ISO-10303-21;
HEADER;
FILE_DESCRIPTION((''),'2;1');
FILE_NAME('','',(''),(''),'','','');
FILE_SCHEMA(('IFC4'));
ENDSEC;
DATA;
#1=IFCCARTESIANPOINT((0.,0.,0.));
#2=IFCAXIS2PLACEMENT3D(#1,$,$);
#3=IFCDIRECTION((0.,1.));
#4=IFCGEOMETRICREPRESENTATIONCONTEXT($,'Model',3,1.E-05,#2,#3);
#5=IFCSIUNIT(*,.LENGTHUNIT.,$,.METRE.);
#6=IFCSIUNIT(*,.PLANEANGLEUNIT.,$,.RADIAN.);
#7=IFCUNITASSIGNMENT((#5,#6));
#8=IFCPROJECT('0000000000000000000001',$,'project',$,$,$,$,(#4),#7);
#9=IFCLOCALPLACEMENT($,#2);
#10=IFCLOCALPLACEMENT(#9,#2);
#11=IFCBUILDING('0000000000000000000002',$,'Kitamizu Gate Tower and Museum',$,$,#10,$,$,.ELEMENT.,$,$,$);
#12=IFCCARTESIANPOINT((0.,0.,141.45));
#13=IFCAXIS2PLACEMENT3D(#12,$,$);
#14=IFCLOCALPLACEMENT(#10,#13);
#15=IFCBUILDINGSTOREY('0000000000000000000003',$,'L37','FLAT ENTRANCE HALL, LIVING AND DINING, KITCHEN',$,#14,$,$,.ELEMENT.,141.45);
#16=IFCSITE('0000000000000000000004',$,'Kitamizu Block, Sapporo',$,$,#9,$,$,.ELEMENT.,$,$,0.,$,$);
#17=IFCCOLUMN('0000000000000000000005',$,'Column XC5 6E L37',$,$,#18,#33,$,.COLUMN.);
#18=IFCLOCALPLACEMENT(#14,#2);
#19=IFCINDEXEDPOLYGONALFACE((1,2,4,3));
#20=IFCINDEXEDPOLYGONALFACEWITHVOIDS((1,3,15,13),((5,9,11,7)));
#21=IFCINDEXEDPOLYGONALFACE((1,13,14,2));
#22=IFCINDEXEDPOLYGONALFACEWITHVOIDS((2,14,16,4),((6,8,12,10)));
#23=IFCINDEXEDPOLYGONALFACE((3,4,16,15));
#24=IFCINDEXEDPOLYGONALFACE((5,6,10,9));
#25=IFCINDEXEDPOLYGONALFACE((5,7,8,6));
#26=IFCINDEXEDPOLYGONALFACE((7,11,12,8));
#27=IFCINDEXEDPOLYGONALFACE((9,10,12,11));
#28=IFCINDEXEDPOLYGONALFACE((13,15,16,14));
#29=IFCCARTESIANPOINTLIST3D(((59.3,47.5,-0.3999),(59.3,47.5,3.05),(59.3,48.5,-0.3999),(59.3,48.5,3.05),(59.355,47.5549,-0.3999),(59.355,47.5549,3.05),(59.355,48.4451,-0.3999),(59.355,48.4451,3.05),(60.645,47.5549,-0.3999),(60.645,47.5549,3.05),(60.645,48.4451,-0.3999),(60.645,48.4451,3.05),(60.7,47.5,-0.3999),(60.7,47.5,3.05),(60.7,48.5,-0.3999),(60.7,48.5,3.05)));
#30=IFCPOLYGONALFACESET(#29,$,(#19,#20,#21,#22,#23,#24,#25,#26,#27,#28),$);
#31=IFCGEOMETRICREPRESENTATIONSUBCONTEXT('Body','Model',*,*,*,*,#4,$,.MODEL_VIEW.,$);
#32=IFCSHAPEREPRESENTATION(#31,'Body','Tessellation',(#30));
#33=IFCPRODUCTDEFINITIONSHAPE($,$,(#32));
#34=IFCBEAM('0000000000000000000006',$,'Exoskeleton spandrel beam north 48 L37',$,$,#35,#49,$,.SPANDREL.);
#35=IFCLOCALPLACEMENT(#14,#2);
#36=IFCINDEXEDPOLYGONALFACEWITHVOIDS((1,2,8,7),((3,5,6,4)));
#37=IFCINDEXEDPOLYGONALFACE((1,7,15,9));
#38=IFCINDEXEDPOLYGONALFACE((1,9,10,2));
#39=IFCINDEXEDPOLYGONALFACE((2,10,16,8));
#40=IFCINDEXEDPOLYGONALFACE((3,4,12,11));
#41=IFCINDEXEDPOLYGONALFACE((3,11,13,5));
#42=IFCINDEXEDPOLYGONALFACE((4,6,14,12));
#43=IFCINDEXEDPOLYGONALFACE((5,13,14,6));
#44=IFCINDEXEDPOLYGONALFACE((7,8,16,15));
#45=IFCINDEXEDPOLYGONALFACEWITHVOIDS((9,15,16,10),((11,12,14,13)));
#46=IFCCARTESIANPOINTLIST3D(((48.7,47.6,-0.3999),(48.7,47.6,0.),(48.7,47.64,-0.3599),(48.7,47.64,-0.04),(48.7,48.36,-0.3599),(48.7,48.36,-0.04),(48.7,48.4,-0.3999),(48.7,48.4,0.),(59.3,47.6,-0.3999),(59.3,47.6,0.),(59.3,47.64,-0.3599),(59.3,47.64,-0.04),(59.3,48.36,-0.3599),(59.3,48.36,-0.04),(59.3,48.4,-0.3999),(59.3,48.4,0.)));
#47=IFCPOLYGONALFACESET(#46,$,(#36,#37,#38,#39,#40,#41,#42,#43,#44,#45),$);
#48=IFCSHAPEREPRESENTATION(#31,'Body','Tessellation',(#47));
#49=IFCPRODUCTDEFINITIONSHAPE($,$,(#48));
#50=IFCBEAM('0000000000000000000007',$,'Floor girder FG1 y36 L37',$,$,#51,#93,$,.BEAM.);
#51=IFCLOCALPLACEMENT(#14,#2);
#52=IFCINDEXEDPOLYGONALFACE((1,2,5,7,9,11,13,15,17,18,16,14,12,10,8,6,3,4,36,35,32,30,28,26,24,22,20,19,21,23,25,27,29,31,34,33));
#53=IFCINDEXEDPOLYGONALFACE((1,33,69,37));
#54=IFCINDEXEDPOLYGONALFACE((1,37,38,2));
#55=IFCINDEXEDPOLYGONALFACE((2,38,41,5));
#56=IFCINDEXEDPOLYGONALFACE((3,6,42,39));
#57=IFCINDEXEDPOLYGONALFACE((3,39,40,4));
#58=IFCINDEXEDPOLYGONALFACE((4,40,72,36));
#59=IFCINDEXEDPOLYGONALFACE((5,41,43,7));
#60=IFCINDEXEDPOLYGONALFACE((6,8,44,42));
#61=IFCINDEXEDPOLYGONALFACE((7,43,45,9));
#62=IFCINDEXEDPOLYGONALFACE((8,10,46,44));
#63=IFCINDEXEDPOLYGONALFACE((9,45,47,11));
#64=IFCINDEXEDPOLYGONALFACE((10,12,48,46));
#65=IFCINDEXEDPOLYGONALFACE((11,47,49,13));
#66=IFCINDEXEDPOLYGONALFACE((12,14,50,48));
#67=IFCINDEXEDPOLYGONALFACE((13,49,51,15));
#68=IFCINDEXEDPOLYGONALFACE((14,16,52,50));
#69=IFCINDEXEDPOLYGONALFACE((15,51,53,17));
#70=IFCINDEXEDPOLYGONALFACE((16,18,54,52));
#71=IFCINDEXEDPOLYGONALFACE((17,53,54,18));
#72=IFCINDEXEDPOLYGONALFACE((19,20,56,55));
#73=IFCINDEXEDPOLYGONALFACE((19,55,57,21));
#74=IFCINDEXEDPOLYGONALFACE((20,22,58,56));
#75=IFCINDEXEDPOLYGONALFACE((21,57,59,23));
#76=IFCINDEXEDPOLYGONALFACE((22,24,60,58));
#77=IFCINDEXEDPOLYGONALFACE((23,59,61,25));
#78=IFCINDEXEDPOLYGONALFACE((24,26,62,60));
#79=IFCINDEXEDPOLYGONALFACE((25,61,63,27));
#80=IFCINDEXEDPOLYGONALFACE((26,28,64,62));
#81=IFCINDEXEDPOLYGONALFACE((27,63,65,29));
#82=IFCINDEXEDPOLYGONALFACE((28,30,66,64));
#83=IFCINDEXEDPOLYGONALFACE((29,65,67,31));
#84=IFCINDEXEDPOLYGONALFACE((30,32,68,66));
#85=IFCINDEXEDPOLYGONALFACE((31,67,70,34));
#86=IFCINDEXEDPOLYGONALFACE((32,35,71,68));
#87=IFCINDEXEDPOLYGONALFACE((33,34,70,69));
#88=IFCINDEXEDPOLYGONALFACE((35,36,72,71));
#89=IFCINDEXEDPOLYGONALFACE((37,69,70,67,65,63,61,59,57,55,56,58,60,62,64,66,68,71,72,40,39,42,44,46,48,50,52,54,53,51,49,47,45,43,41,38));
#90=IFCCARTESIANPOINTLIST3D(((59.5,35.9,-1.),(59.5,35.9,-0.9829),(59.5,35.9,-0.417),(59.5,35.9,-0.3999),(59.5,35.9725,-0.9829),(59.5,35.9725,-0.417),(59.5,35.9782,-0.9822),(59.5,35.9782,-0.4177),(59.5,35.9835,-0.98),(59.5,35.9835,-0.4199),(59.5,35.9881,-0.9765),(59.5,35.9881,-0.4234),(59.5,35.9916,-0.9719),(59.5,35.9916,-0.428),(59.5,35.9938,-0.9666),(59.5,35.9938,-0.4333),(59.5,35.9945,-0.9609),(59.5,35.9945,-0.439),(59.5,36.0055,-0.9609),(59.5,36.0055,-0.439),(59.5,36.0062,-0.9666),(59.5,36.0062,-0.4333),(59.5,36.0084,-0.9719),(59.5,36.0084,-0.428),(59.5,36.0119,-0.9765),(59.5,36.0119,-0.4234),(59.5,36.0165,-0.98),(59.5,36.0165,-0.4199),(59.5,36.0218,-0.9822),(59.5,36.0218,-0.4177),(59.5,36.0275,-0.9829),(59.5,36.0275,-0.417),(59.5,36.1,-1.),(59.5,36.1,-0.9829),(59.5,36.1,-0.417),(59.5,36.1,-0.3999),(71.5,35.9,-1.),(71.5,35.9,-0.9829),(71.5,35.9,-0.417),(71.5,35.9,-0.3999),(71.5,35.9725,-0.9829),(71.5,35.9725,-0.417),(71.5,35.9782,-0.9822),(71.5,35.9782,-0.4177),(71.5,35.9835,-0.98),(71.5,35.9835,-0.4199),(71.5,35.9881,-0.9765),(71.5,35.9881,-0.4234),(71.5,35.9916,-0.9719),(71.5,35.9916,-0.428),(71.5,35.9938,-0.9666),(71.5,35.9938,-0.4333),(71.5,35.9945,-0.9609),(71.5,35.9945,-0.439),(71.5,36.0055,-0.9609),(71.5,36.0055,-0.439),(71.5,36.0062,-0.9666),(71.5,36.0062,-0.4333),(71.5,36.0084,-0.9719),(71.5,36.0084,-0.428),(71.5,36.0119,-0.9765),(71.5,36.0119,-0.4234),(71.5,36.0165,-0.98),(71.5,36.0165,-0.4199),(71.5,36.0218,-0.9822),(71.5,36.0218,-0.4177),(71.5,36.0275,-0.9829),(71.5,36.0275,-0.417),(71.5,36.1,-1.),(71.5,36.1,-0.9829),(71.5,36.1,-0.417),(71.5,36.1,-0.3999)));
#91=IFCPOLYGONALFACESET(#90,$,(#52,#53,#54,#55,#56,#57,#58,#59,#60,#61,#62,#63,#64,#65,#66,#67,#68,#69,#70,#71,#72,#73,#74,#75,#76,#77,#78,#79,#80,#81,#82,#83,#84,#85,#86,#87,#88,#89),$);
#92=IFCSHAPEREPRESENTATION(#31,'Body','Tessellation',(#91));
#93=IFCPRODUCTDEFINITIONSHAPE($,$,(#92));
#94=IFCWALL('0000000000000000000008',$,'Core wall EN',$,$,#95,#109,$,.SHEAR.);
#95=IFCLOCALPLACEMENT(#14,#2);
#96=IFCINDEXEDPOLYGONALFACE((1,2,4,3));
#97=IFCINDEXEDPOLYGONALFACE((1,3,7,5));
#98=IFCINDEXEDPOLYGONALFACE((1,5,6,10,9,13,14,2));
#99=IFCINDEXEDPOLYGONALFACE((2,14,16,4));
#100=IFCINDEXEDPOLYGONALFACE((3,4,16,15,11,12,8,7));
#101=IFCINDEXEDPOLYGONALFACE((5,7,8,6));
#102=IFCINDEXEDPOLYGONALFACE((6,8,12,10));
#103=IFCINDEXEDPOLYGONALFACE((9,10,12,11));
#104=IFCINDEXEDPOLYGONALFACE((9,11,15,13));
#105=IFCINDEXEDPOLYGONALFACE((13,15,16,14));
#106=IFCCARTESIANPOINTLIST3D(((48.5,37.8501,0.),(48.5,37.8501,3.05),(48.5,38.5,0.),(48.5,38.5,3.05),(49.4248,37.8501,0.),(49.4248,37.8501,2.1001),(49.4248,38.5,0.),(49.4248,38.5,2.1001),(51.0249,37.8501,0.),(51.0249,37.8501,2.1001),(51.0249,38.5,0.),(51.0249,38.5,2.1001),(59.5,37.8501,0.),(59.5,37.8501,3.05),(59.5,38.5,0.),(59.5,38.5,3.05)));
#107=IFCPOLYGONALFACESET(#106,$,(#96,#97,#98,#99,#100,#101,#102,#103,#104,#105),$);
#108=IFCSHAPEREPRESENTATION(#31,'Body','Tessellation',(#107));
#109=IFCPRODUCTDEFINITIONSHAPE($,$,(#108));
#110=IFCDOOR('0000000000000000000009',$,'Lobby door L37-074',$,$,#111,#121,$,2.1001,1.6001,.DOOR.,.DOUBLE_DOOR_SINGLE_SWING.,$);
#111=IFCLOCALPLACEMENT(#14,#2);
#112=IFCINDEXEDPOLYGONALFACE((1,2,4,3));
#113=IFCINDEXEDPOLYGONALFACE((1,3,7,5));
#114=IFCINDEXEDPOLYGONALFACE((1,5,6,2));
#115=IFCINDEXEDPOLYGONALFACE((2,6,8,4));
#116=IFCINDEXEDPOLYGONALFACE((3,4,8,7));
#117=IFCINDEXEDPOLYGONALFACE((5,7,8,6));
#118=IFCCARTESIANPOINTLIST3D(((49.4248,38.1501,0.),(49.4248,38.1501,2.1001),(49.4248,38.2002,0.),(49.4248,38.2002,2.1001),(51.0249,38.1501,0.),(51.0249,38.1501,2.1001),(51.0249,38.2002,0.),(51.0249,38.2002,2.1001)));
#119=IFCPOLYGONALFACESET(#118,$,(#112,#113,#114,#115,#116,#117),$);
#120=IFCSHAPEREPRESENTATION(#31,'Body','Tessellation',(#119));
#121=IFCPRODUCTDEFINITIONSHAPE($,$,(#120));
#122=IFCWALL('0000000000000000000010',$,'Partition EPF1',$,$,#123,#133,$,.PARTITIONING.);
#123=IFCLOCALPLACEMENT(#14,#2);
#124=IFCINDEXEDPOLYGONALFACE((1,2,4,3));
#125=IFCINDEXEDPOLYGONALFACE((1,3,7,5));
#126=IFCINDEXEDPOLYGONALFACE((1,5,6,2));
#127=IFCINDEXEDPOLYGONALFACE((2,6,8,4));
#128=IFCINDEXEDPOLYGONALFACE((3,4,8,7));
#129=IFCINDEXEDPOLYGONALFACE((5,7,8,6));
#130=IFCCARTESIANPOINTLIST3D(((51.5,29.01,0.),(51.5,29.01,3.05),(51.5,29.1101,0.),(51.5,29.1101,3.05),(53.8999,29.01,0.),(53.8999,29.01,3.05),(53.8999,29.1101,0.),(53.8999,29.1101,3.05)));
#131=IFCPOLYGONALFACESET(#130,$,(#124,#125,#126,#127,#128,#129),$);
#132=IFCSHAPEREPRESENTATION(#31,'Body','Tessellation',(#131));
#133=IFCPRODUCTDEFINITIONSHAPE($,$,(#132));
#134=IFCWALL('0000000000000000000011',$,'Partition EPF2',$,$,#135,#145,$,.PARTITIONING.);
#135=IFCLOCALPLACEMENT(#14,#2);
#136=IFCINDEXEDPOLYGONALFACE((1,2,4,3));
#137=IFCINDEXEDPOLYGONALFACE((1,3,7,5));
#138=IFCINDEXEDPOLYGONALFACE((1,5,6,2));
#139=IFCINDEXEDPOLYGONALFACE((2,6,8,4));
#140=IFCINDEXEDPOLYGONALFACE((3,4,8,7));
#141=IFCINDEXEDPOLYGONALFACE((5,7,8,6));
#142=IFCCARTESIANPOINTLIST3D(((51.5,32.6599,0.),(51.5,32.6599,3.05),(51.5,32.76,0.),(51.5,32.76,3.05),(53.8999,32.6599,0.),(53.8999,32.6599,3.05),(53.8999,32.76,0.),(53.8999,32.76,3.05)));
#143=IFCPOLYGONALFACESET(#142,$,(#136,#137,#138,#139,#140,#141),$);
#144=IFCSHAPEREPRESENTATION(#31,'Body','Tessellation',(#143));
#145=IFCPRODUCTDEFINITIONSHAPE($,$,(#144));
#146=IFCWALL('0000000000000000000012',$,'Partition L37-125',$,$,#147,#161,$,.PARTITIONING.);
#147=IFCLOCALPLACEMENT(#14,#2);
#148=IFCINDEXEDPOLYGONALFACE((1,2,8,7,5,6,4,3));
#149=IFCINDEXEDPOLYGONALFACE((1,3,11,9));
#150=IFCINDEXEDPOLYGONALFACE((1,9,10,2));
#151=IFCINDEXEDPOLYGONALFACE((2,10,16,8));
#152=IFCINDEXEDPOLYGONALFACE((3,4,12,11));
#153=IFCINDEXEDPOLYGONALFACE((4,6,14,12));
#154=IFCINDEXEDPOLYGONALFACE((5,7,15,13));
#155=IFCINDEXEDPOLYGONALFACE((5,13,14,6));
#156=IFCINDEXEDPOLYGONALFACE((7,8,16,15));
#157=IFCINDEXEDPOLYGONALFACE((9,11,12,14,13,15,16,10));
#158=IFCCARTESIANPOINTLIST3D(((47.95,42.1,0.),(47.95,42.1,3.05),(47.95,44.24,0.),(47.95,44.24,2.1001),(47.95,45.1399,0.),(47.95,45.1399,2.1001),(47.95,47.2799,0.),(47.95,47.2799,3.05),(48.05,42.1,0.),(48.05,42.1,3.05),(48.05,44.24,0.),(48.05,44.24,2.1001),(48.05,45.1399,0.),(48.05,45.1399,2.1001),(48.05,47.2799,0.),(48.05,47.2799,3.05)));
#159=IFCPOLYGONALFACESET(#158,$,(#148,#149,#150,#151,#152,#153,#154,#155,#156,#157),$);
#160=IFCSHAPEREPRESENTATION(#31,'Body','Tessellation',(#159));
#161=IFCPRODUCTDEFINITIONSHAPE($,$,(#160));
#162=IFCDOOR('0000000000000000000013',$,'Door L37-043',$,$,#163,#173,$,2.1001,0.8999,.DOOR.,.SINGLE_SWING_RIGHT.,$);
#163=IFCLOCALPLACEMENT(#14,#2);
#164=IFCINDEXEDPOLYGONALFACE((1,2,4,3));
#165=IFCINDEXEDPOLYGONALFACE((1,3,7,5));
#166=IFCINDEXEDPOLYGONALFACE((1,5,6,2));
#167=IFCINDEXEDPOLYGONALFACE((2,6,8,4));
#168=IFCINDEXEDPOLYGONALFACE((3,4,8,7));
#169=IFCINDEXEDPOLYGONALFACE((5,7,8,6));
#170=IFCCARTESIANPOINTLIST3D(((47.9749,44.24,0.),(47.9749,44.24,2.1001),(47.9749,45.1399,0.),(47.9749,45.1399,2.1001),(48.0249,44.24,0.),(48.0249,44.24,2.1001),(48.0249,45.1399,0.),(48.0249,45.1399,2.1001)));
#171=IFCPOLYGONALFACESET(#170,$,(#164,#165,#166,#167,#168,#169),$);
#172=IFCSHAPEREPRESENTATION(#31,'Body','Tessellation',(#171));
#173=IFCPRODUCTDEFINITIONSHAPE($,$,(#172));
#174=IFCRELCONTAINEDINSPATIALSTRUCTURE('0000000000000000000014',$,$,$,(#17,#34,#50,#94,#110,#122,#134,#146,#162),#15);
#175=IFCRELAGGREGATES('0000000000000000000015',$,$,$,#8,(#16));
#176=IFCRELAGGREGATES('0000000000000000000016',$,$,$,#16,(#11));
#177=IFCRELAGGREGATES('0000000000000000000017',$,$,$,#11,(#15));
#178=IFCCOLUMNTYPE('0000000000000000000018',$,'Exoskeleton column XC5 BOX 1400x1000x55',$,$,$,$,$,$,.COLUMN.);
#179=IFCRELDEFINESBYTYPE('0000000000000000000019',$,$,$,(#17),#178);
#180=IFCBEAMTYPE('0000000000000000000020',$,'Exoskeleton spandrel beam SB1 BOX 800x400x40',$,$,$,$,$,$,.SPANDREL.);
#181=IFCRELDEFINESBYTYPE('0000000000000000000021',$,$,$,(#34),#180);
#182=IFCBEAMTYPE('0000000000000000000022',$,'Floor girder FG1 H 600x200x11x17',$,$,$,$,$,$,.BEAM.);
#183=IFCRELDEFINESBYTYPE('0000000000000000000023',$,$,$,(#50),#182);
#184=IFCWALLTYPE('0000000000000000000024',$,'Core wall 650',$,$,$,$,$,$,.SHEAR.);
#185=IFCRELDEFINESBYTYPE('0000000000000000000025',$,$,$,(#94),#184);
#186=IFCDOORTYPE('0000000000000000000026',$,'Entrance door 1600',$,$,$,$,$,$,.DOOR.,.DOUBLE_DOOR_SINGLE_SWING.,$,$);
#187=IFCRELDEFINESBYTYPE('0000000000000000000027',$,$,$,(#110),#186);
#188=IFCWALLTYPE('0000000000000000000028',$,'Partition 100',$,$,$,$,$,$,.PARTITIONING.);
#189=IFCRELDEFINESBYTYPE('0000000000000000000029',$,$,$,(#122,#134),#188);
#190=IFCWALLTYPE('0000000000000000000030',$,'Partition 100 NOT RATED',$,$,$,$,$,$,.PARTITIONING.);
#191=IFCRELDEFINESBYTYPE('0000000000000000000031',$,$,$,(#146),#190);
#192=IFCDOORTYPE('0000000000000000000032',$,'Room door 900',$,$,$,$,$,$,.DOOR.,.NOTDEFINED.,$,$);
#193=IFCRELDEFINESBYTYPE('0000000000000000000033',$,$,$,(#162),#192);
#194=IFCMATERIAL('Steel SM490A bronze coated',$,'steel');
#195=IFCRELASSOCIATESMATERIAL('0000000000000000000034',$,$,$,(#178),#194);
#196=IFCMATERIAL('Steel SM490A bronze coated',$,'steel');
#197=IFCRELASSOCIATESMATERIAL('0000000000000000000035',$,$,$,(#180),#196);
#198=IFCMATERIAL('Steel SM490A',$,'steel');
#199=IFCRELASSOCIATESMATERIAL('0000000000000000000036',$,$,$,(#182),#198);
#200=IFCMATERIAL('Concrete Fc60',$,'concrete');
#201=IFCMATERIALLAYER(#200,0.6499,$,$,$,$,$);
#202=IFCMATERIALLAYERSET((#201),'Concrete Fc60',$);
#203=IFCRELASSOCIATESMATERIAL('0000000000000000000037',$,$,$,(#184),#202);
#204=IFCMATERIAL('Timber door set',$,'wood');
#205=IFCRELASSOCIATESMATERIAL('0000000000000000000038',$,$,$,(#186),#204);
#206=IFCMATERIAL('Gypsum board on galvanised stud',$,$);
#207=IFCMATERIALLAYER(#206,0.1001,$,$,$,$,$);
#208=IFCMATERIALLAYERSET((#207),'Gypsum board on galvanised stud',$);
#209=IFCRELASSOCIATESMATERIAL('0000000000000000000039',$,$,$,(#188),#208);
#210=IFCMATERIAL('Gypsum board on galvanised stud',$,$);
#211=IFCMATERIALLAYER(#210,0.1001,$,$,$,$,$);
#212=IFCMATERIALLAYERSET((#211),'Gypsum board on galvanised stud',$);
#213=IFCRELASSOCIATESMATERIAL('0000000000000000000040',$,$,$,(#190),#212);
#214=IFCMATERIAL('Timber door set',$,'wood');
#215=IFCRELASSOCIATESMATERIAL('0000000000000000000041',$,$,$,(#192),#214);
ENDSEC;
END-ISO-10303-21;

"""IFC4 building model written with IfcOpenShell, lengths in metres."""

from ifc_helpers import new_model, si_unit, direction, frame, frame_2d, origin, origin_2d, place, context, subcontext, project, spatial, rectangle, hollow_rectangle, i_section, extrude, material, layer, layer_set, material_profile, profile_set, type_object, element, fill, save


model = new_model("IFC4")

# Units and contexts
model_context = context("Model", 3, precision=1e-05, world=origin(), true_north=direction((0.0, 1.0)))
body_context = subcontext(model_context, "Body", "Model", "MODEL_VIEW")
ifc_project = project(units=[si_unit("LENGTHUNIT", "METRE"), si_unit("PLANEANGLEUNIT", "RADIAN")], contexts=[model_context])

# Site, building, storey
site_placement = place(None, origin())
site = spatial("IfcSite", under=ifc_project, at=site_placement, Name="Kitamizu Block, Sapporo", CompositionType="ELEMENT", RefElevation=0.0)
building_placement = place(site_placement, origin())
building = spatial("IfcBuilding", under=site, at=building_placement, Name="Kitamizu Gate Tower and Museum", CompositionType="ELEMENT")
storey_placement = place(building_placement, frame((0.0, 0.0, 141.45)))
storey = spatial("IfcBuildingStorey", under=building, at=storey_placement, Name="L37", Description="FLAT ENTRANCE HALL, LIVING AND DINING, KITCHEN", CompositionType="ELEMENT", Elevation=141.45)

# Column
ifc_material_1 = material(Name="Steel SM490A bronze coated", Category="steel")
ifc_material_profile_1 = material_profile(ifc_material_1, hollow_rectangle(XDim=1.3999, YDim=1.0, WallThickness=0.0549, at=origin_2d()), Name="BOX 1400x1000x55")
ifc_profile_set_1 = profile_set([ifc_material_profile_1], Name="Steel SM490A bronze coated")
column_type = type_object("IfcColumnType", Name="Exoskeleton column XC5 BOX 1400x1000x55", PredefinedType="COLUMN", material=ifc_profile_set_1)
column_placement = place(storey_placement, frame((60.0, 48.0, -0.3999), z_axis=(0.0, 0.0, 1.0), x_axis=(1.0, 0.0, 0.0)))
element("IfcColumn", 1, at=column_placement, inside=storey, type_object=column_type, Name="Column XC5 6E L37", PredefinedType="COLUMN", context=body_context, shape_type="SweptSolid", body=[
    extrude(hollow_rectangle(XDim=1.3999, YDim=1.0, WallThickness=0.0549, at=origin_2d()), origin(), (0.0, 0.0, 1.0), 3.45),
])

# Beams
ifc_material_2 = material(Name="Steel SM490A bronze coated", Category="steel")
ifc_material_profile_2 = material_profile(ifc_material_2, hollow_rectangle(XDim=0.8, YDim=0.3999, WallThickness=0.04, at=origin_2d()), Name="BOX 800x400x40")
ifc_profile_set_2 = profile_set([ifc_material_profile_2], Name="Steel SM490A bronze coated")
beam_type_1 = type_object("IfcBeamType", Name="Exoskeleton spandrel beam SB1 BOX 800x400x40", PredefinedType="SPANDREL", material=ifc_profile_set_2)
beam_1_placement = place(storey_placement, frame((48.7, 48.0, -0.2), z_axis=(1.0, 0.0, 0.0), x_axis=(0.0, 1.0, 0.0)))
element("IfcBeam", 2, at=beam_1_placement, inside=storey, type_object=beam_type_1, Name="Exoskeleton spandrel beam north 48 L37", PredefinedType="SPANDREL", context=body_context, shape_type="SweptSolid", body=[
    extrude(hollow_rectangle(XDim=0.8, YDim=0.3999, WallThickness=0.04, at=origin_2d()), origin(), (0.0, 0.0, 1.0), 10.6001),
])
ifc_material_3 = material(Name="Steel SM490A", Category="steel")
ifc_material_profile_3 = material_profile(ifc_material_3, i_section(OverallWidth=0.2, OverallDepth=0.6001, WebThickness=0.011, FlangeThickness=0.0171, FilletRadius=0.022, at=origin_2d()), Name="H-600x200x11x17")
ifc_profile_set_3 = profile_set([ifc_material_profile_3], Name="Steel SM490A")
beam_type_2 = type_object("IfcBeamType", Name="Floor girder FG1 H 600x200x11x17", PredefinedType="BEAM", material=ifc_profile_set_3)
beam_2_placement = place(storey_placement, frame((59.5, 36.0, -0.7), z_axis=(1.0, 0.0, 0.0), x_axis=(0.0, 1.0, 0.0)))
element("IfcBeam", 3, at=beam_2_placement, inside=storey, type_object=beam_type_2, Name="Floor girder FG1 y36 L37", PredefinedType="BEAM", context=body_context, shape_type="SweptSolid", body=[
    extrude(i_section(OverallWidth=0.2, OverallDepth=0.6001, WebThickness=0.011, FlangeThickness=0.0171, FilletRadius=0.022, at=origin_2d()), origin(), (0.0, 0.0, 1.0), 12.0),
])

# Wall, opening, door
ifc_material_4 = material(Name="Concrete Fc60", Category="concrete")
ifc_layer_1 = layer(ifc_material_4, 0.6499)
ifc_layer_set_1 = layer_set([ifc_layer_1], Name="Concrete Fc60")
wall_type_1 = type_object("IfcWallType", Name="Core wall 650", PredefinedType="SHEAR", material=ifc_layer_set_1)
wall_1_placement = place(storey_placement, frame((59.5, 38.175, 0.0), z_axis=(0.0, 0.0, 1.0), x_axis=(-1.0, 0.0, 0.0)))
wall_1 = element("IfcWall", 4, at=wall_1_placement, inside=storey, type_object=wall_type_1, Name="Core wall EN", PredefinedType="SHEAR", context=body_context, shape_type="SweptSolid", body=[
    extrude(rectangle(XDim=11.0, YDim=0.6499, at=frame_2d((5.5, 0.0))), origin(), (0.0, 0.0, 1.0), 3.05),
])
opening_1_placement = place(wall_1_placement, frame((8.4751, 0.0, 0.0)))
opening_1 = element("IfcOpeningElement", 5, at=opening_1_placement, cuts=wall_1, PredefinedType="OPENING", context=body_context, shape_type="SweptSolid", body=[
    extrude(rectangle(XDim=1.6001, YDim=2.1001, at=frame_2d((0.8, 1.05))), frame((0.0, 0.335, 0.0), z_axis=(0.0, -1.0, 0.0), x_axis=(1.0, 0.0, 0.0)), (0.0, 0.0, 1.0), 0.6699),
])
ifc_material_5 = material(Name="Timber door set", Category="wood")
door_type_1 = type_object("IfcDoorType", Name="Entrance door 1600", OperationType="DOUBLE_DOOR_SINGLE_SWING", PredefinedType="DOOR", material=ifc_material_5)
door_1_placement = place(opening_1_placement, origin())
door_1 = element("IfcDoor", 6, at=door_1_placement, inside=storey, type_object=door_type_1, Name="Lobby door L37-074", OperationType="DOUBLE_DOOR_SINGLE_SWING", OverallHeight=2.1001, OverallWidth=1.6001, PredefinedType="DOOR", context=body_context, shape_type="SweptSolid", body=[
    extrude(rectangle(XDim=1.6001, YDim=2.1001, at=frame_2d((0.8, 1.05))), frame((0.0, 0.0249, 0.0), z_axis=(0.0, -1.0, 0.0), x_axis=(1.0, 0.0, 0.0)), (0.0, 0.0, 1.0), 0.05),
])
fill(opening_1, door_1)

# Walls
ifc_material_6 = material(Name="Gypsum board on galvanised stud")
ifc_layer_2 = layer(ifc_material_6, 0.1001)
ifc_layer_set_2 = layer_set([ifc_layer_2], Name="Gypsum board on galvanised stud")
wall_type_2 = type_object("IfcWallType", Name="Partition 100", PredefinedType="PARTITIONING", material=ifc_layer_set_2)
for number, where, z_axis, x_axis, name in (
    (7, (53.8999, 29.0601, 0.0), (0.0, 0.0, 1.0), (-1.0, 0.0, 0.0), "Partition EPF1"),
    (8, (53.8999, 32.71, 0.0), (0.0, 0.0, 1.0), (-1.0, 0.0, 0.0), "Partition EPF2"),
):
    element("IfcWall", number, at=place(storey_placement, frame(where, z_axis=z_axis, x_axis=x_axis)), inside=storey, type_object=wall_type_2, Name=name, PredefinedType="PARTITIONING", context=body_context, shape_type="SweptSolid", body=[
        extrude(rectangle(XDim=2.3999, YDim=0.1001, at=frame_2d((1.2, 0.0))), origin(), (0.0, 0.0, 1.0), 3.05),
    ])

# Wall, opening, door
ifc_material_7 = material(Name="Gypsum board on galvanised stud")
ifc_layer_3 = layer(ifc_material_7, 0.1001)
ifc_layer_set_3 = layer_set([ifc_layer_3], Name="Gypsum board on galvanised stud")
wall_type_3 = type_object("IfcWallType", Name="Partition 100 NOT RATED", PredefinedType="PARTITIONING", material=ifc_layer_set_3)
wall_2_placement = place(storey_placement, frame((48.0, 42.1001, 0.0), z_axis=(0.0, 0.0, 1.0), x_axis=(0.0, 1.0, 0.0)))
wall_2 = element("IfcWall", 9, at=wall_2_placement, inside=storey, type_object=wall_type_3, Name="Partition L37-125", PredefinedType="PARTITIONING", context=body_context, shape_type="SweptSolid", body=[
    extrude(rectangle(XDim=5.1799, YDim=0.1001, at=frame_2d((2.5898, 0.0))), origin(), (0.0, 0.0, 1.0), 3.05),
])
opening_2_placement = place(wall_2_placement, frame((2.1399, 0.0, 0.0)))
opening_2 = element("IfcOpeningElement", 10, at=opening_2_placement, cuts=wall_2, PredefinedType="OPENING", context=body_context, shape_type="SweptSolid", body=[
    extrude(rectangle(XDim=0.8999, YDim=2.1001, at=frame_2d((0.45, 1.05))), frame((0.0, 0.0601, 0.0), z_axis=(0.0, -1.0, 0.0), x_axis=(1.0, 0.0, 0.0)), (0.0, 0.0, 1.0), 0.1201),
])
ifc_material_8 = material(Name="Timber door set", Category="wood")
door_type_2 = type_object("IfcDoorType", Name="Room door 900", OperationType="NOTDEFINED", PredefinedType="DOOR", material=ifc_material_8)
door_2_placement = place(opening_2_placement, frame((0.8999, 0.0, 0.0), x_axis=(-1.0, 0.0, 0.0)))
door_2 = element("IfcDoor", 11, at=door_2_placement, inside=storey, type_object=door_type_2, Name="Door L37-043", OperationType="SINGLE_SWING_RIGHT", OverallHeight=2.1001, OverallWidth=0.8999, PredefinedType="DOOR", context=body_context, shape_type="SweptSolid", body=[
    extrude(rectangle(XDim=0.8999, YDim=2.1001, at=frame_2d((0.45, 1.05))), frame((0.0, 0.0249, 0.0), z_axis=(0.0, -1.0, 0.0), x_axis=(1.0, 0.0, 0.0)), (0.0, 0.0, 1.0), 0.05),
])
fill(opening_2, door_2)

save(model, "model.ifc")
